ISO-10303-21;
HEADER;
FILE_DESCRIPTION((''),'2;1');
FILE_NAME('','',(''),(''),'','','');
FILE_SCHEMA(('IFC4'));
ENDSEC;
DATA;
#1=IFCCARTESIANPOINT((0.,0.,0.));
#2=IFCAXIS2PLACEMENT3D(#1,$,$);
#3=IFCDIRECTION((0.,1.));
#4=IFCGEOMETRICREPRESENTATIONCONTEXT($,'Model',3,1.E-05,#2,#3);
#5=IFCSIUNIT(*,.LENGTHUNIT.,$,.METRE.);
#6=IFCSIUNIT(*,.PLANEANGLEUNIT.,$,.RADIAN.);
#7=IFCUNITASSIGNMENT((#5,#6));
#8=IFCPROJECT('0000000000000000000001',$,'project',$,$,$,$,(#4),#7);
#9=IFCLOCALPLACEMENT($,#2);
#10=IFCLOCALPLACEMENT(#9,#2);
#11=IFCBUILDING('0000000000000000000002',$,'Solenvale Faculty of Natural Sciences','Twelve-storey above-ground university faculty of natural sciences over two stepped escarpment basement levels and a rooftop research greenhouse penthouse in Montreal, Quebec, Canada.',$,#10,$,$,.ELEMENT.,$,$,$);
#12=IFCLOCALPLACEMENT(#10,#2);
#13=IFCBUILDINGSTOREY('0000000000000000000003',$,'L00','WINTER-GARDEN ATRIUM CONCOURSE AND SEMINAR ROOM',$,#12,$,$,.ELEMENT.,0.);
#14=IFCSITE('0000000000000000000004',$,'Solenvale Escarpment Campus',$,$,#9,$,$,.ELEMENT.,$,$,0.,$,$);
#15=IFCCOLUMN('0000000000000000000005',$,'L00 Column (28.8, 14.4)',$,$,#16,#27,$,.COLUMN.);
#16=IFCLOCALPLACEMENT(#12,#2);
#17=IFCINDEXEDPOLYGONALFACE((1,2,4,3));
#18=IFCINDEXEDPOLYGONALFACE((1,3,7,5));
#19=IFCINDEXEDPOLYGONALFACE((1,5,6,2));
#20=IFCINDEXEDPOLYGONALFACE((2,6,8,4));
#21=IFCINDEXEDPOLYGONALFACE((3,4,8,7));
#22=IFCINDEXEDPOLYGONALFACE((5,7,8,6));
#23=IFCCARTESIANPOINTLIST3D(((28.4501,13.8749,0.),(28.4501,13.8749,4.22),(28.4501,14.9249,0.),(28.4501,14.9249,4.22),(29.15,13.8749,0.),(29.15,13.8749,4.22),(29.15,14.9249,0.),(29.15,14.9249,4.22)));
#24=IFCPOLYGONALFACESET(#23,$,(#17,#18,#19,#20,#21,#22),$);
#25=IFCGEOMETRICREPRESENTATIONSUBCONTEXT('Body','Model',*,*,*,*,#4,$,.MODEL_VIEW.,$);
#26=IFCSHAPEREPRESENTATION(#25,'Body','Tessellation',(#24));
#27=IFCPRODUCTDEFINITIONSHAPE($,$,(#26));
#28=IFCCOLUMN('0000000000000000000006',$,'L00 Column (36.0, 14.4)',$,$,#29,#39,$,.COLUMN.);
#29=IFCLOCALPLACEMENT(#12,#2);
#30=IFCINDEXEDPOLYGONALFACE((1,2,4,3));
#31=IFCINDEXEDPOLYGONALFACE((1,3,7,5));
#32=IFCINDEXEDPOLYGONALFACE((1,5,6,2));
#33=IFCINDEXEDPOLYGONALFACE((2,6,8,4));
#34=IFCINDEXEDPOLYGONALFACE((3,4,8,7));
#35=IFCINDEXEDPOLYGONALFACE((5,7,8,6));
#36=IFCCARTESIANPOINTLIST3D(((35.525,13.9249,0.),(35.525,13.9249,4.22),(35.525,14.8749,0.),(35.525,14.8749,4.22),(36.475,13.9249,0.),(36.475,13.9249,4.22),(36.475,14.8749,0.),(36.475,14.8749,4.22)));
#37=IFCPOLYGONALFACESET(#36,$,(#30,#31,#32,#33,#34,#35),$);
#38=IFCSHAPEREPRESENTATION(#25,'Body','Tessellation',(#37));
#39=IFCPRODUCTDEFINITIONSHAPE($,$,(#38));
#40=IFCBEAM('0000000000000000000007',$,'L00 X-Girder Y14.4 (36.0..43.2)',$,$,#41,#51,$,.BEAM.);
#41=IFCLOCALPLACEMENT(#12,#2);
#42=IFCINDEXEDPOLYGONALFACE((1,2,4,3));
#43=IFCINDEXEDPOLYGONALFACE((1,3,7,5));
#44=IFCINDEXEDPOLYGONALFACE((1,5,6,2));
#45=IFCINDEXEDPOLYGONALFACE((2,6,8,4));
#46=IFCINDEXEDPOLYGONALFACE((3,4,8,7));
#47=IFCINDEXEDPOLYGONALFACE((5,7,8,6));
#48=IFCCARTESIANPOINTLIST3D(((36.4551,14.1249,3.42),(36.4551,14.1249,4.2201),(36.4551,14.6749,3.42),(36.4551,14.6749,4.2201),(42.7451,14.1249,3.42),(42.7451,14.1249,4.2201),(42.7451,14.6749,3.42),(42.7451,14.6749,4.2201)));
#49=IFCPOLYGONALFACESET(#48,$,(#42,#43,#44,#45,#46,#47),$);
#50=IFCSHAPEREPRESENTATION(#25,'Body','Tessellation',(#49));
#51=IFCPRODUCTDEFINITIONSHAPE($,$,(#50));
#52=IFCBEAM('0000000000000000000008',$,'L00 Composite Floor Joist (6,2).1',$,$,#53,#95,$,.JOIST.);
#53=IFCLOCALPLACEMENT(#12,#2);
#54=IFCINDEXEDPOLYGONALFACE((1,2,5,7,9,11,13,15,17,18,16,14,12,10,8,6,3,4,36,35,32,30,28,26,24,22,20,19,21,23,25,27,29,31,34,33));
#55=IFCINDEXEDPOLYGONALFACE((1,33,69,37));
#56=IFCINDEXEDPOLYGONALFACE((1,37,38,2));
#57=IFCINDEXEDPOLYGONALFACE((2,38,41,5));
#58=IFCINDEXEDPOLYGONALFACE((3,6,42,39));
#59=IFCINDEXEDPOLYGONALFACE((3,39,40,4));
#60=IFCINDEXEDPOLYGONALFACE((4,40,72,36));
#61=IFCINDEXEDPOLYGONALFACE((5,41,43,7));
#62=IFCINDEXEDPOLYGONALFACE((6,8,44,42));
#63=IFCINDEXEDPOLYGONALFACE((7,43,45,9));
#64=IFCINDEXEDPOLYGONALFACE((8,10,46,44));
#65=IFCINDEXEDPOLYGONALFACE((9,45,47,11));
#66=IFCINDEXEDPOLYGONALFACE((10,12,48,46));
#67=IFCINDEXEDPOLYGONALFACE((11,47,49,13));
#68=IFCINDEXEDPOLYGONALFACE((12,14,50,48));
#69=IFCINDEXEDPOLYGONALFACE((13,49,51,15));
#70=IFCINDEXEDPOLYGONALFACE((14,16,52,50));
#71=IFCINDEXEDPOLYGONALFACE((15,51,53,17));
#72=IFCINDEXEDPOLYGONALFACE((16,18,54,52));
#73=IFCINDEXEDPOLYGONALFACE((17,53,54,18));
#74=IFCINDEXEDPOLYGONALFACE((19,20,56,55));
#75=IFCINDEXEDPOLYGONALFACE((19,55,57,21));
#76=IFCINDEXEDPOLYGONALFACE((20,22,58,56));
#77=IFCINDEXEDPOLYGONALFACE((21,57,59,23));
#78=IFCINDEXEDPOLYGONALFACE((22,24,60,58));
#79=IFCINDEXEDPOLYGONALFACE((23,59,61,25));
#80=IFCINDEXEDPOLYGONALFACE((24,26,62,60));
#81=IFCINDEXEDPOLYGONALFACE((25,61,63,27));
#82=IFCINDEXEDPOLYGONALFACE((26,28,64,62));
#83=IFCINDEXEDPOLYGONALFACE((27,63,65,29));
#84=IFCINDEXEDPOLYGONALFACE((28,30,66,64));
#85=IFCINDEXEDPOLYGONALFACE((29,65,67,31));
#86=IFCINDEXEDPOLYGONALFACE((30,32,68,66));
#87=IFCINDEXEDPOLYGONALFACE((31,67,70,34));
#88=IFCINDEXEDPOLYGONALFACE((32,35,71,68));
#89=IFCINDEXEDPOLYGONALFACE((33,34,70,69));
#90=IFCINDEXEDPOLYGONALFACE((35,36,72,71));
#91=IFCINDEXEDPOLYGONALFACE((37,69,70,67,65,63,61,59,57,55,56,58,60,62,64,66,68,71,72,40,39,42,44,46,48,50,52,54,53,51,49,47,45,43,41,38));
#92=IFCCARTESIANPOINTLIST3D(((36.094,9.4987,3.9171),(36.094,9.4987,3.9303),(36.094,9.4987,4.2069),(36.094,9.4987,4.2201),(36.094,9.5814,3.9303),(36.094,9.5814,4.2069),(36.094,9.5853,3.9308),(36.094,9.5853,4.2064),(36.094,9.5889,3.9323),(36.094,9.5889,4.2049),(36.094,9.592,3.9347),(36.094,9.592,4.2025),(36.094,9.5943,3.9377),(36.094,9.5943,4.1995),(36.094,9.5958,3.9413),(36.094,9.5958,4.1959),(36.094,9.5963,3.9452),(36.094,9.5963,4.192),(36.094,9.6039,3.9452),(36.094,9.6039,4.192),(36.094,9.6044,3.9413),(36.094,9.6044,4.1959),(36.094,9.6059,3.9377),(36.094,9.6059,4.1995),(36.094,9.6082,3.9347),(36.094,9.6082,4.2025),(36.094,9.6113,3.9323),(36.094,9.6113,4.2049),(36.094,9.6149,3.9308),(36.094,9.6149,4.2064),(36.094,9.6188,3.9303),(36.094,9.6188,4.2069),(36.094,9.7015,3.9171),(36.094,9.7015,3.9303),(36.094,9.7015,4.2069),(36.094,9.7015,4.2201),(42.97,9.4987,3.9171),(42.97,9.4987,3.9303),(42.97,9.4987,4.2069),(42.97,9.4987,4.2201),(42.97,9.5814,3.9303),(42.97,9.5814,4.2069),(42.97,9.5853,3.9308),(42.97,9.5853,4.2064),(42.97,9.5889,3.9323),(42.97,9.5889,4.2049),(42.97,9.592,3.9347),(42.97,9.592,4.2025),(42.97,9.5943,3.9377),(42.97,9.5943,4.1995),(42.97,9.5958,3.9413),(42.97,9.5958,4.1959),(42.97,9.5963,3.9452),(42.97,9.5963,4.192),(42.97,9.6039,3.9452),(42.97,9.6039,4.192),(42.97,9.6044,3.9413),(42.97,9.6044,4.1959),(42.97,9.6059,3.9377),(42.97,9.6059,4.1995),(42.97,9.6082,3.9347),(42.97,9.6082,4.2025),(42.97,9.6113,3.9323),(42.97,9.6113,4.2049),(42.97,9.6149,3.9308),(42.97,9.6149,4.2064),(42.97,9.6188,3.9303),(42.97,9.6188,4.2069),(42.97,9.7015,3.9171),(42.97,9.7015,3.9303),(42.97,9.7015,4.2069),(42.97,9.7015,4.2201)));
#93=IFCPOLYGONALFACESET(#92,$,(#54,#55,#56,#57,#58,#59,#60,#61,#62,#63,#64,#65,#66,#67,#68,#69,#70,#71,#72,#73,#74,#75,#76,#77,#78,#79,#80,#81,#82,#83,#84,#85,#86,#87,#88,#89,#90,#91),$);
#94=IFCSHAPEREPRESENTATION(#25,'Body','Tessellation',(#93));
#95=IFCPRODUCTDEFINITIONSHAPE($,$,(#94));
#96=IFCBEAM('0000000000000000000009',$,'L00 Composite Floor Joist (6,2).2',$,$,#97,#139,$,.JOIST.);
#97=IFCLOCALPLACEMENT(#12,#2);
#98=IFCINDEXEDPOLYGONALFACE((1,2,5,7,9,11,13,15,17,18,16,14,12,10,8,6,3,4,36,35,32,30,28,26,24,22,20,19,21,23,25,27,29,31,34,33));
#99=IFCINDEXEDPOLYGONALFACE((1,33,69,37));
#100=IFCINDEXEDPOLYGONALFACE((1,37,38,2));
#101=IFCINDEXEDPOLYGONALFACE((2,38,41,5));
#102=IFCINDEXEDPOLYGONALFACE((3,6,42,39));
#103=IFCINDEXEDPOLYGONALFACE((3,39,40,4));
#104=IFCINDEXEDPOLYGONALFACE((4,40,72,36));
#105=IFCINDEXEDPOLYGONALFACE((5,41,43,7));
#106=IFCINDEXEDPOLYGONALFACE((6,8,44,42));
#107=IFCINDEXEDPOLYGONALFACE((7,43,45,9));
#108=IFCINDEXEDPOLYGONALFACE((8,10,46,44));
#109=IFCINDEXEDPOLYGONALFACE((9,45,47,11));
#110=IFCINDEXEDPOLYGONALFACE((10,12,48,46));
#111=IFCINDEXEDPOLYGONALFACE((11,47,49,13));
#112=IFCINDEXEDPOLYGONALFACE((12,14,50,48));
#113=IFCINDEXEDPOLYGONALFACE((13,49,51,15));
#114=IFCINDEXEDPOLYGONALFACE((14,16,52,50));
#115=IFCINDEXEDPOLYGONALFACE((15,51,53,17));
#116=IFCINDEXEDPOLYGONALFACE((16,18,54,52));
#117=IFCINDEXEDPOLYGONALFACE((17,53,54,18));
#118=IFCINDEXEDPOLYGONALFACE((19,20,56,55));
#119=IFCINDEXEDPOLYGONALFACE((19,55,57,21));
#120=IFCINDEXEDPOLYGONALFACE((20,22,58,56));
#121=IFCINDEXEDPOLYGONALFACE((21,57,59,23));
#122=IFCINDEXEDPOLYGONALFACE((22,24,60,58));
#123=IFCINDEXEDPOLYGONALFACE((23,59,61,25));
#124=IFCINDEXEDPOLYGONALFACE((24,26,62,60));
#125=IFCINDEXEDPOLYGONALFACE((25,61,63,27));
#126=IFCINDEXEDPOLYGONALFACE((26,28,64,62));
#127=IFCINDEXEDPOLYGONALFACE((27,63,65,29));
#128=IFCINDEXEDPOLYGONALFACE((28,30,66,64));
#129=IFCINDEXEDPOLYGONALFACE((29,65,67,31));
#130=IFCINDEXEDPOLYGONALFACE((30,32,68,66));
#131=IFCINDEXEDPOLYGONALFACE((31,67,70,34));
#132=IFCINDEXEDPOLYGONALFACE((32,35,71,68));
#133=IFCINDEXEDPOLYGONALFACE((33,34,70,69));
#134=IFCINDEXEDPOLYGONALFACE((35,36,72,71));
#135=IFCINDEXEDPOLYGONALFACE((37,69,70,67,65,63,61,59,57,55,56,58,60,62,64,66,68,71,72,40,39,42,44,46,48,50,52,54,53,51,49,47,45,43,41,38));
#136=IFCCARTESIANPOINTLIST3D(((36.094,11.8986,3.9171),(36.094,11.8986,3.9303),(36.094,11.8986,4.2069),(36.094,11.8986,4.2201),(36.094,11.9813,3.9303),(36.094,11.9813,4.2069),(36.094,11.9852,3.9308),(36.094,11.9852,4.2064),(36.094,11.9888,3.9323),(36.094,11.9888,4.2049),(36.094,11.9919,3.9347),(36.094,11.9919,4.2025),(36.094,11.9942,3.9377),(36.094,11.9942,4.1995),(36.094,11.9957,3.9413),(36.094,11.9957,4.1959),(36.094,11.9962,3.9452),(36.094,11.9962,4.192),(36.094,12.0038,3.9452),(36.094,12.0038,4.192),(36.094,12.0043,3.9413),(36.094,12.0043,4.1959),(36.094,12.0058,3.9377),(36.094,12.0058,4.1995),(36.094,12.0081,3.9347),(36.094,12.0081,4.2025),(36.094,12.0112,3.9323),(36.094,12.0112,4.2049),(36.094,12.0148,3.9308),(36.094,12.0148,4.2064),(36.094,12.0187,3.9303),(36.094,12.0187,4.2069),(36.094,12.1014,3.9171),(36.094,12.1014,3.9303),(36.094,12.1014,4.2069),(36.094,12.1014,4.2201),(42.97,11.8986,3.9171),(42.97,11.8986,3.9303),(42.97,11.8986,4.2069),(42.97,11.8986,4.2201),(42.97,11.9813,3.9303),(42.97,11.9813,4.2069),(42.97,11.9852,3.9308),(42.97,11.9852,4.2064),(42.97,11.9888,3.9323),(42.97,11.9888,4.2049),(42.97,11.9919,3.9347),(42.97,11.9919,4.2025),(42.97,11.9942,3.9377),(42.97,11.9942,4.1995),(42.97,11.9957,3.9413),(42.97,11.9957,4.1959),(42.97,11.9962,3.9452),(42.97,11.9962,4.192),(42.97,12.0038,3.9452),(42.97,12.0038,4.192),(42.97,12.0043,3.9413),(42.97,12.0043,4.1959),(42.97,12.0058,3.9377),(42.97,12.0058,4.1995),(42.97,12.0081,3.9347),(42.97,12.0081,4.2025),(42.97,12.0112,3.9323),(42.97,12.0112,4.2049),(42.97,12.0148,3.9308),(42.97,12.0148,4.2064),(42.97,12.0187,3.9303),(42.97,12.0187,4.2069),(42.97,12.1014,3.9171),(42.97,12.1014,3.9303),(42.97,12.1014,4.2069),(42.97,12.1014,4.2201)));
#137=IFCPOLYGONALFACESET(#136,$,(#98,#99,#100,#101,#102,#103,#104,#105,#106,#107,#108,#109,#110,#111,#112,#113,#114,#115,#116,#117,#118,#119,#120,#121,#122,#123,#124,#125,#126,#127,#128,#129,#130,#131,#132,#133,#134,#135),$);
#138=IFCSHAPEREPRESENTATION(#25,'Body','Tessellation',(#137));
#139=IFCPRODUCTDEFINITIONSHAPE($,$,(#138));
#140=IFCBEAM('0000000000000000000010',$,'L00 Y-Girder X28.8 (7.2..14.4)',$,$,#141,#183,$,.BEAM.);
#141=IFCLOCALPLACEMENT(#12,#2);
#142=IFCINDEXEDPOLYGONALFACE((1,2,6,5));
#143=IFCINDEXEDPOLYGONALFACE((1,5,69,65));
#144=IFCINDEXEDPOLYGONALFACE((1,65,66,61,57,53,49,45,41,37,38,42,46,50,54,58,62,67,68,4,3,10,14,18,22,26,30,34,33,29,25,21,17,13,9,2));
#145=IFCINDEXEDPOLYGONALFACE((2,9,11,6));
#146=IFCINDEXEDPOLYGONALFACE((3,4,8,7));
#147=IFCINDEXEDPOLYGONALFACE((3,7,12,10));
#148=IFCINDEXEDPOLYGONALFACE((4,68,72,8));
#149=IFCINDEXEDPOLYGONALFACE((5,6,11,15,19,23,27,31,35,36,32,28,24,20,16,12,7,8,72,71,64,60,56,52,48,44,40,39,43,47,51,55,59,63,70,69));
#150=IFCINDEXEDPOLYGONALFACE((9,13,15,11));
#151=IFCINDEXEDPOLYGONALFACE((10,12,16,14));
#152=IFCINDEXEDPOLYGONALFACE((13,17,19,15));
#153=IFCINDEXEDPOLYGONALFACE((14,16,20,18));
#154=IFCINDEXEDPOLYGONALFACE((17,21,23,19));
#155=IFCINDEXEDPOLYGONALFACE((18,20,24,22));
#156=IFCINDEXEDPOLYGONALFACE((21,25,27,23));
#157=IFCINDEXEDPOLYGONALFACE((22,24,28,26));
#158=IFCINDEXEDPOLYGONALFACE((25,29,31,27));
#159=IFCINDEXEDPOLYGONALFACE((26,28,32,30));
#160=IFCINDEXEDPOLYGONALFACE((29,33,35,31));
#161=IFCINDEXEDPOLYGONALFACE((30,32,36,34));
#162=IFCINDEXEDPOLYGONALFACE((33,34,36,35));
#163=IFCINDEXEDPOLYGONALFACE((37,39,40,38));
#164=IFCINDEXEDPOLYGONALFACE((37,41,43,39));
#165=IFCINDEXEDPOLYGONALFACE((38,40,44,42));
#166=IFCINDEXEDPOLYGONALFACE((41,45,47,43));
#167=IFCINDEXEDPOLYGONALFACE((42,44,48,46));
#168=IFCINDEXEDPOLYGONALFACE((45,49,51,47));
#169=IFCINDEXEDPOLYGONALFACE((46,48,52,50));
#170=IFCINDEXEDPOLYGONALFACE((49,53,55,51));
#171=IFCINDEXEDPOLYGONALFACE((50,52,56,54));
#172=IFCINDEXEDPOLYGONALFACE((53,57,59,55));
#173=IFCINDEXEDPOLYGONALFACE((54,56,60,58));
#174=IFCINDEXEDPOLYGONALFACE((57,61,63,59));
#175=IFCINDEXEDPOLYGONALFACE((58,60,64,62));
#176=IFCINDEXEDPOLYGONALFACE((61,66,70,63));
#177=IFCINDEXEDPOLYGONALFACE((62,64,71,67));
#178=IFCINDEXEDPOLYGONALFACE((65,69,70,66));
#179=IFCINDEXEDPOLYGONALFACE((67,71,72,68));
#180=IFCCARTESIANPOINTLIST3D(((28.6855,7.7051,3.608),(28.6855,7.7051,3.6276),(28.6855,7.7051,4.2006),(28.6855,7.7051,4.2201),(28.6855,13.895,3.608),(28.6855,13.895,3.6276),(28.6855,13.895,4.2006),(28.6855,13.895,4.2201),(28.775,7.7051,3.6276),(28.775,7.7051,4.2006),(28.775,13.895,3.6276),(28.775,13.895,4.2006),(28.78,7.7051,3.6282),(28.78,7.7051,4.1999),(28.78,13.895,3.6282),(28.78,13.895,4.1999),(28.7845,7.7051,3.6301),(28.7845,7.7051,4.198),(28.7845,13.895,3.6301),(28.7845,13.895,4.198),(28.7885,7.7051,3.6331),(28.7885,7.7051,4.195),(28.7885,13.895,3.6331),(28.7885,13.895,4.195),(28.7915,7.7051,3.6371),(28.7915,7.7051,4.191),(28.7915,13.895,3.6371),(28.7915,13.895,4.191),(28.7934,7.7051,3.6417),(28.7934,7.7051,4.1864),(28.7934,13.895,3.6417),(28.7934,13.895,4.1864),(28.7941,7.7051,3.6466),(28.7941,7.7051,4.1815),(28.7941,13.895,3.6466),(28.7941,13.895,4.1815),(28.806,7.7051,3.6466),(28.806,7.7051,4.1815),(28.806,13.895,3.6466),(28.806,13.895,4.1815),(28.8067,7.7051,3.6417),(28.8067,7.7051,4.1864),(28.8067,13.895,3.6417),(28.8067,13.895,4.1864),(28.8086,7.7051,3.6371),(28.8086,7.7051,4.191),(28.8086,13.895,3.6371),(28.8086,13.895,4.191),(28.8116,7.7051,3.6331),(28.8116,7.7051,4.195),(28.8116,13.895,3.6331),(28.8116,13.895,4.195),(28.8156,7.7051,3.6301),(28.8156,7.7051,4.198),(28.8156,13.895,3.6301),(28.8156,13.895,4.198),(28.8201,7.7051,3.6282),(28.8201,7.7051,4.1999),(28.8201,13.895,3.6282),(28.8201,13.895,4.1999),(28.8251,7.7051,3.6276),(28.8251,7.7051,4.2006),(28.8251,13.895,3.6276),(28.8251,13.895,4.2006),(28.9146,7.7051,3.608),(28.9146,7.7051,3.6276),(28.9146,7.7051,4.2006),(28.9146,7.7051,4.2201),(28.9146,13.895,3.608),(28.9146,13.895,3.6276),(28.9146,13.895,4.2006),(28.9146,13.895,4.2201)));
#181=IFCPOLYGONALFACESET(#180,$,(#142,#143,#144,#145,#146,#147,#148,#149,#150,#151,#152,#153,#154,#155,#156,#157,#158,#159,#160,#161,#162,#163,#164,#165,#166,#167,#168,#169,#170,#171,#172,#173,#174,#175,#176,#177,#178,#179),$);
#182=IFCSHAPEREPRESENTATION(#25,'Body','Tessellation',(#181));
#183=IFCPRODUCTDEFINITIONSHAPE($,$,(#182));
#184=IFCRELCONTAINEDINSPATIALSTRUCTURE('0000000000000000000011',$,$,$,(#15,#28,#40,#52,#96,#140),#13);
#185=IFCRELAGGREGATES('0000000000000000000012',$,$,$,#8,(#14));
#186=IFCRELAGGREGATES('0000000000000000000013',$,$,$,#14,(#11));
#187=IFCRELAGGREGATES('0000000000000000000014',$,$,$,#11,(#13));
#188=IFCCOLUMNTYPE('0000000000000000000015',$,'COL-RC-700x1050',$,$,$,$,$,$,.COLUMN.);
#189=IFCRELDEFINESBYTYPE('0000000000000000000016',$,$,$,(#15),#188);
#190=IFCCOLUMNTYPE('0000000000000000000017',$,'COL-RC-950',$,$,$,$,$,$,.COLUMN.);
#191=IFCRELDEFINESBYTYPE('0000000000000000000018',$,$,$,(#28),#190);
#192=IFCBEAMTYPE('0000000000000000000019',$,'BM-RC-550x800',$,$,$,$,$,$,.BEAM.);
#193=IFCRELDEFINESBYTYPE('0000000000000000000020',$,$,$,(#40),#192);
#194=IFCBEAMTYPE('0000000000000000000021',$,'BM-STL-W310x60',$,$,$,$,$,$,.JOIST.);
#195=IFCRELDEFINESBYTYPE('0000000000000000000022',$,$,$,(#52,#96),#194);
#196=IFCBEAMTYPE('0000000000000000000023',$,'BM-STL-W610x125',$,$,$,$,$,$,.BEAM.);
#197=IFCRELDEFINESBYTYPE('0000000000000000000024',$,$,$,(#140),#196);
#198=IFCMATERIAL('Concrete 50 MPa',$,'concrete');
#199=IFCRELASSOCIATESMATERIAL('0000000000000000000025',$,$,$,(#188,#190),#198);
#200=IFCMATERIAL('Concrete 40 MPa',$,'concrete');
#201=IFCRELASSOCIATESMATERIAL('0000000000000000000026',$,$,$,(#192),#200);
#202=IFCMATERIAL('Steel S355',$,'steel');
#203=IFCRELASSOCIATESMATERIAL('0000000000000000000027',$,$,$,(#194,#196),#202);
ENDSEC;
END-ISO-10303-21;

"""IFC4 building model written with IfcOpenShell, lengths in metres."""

from ifc_helpers import new_model, si_unit, direction, frame, origin, origin_2d, place, context, subcontext, project, spatial, rectangle, i_section, extrude, material, material_profile, profile_set, type_object, element, save


model = new_model("IFC4")

# Units and contexts
model_context = context("Model", 3, precision=1e-05, world=origin(), true_north=direction((0.0, 1.0)))
body_context = subcontext(model_context, "Body", "Model", "MODEL_VIEW")
ifc_project = project(units=[si_unit("LENGTHUNIT", "METRE"), si_unit("PLANEANGLEUNIT", "RADIAN")], contexts=[model_context])

# Site, building, storey
site_placement = place(None, origin())
site = spatial("IfcSite", under=ifc_project, at=site_placement, Name="Solenvale Escarpment Campus", CompositionType="ELEMENT", RefElevation=0.0)
building_placement = place(site_placement, origin())
building = spatial("IfcBuilding", under=site, at=building_placement, Name="Solenvale Faculty of Natural Sciences", Description="Twelve-storey above-ground university faculty of natural sciences over two stepped escarpment basement levels and a rooftop research greenhouse penthouse in Montreal, Quebec, Canada.", CompositionType="ELEMENT")
storey_placement = place(building_placement, origin())
storey = spatial("IfcBuildingStorey", under=building, at=storey_placement, Name="L00", Description="WINTER-GARDEN ATRIUM CONCOURSE AND SEMINAR ROOM", CompositionType="ELEMENT", Elevation=0.0)

# Columns
ifc_material_1 = material(Name="Concrete 50 MPa", Category="concrete")
ifc_material_profile_1 = material_profile(ifc_material_1, rectangle(XDim=0.7, YDim=1.05, at=origin_2d()), Name="RC-COL-700x1050")
ifc_profile_set_1 = profile_set([ifc_material_profile_1], Name="Concrete 50 MPa")
column_type_1 = type_object("IfcColumnType", Name="COL-RC-700x1050", PredefinedType="COLUMN", material=ifc_profile_set_1)
column_1_placement = place(storey_placement, frame((28.8, 14.3999, 0.0), z_axis=(0.0, 0.0, 1.0), x_axis=(1.0, 0.0, 0.0)))
element("IfcColumn", 1, at=column_1_placement, inside=storey, type_object=column_type_1, Name="L00 Column (28.8, 14.4)", PredefinedType="COLUMN", context=body_context, shape_type="SweptSolid", body=[
    extrude(rectangle(XDim=0.7, YDim=1.05, at=origin_2d()), origin(), (0.0, 0.0, 1.0), 4.22),
])
ifc_material_profile_2 = material_profile(ifc_material_1, rectangle(XDim=0.95, YDim=0.95, at=origin_2d()), Name="RC-COL-950x950")
ifc_profile_set_2 = profile_set([ifc_material_profile_2], Name="Concrete 50 MPa")
column_type_2 = type_object("IfcColumnType", Name="COL-RC-950", PredefinedType="COLUMN", material=ifc_profile_set_2)
column_2_placement = place(storey_placement, frame((36.0, 14.3999, 0.0), z_axis=(0.0, 0.0, 1.0), x_axis=(1.0, 0.0, 0.0)))
element("IfcColumn", 2, at=column_2_placement, inside=storey, type_object=column_type_2, Name="L00 Column (36.0, 14.4)", PredefinedType="COLUMN", context=body_context, shape_type="SweptSolid", body=[
    extrude(rectangle(XDim=0.95, YDim=0.95, at=origin_2d()), origin(), (0.0, 0.0, 1.0), 4.22),
])

# Beams
ifc_material_2 = material(Name="Concrete 40 MPa", Category="concrete")
ifc_material_profile_3 = material_profile(ifc_material_2, rectangle(XDim=0.55, YDim=0.8, at=origin_2d()), Name="RC-BM-550x800")
ifc_profile_set_3 = profile_set([ifc_material_profile_3], Name="Concrete 40 MPa")
beam_type_1 = type_object("IfcBeamType", Name="BM-RC-550x800", PredefinedType="BEAM", material=ifc_profile_set_3)
beam_1_placement = place(storey_placement, frame((36.4551, 14.3999, 3.8201), z_axis=(1.0, 0.0, 0.0), x_axis=(0.0, 1.0, 0.0)))
element("IfcBeam", 3, at=beam_1_placement, inside=storey, type_object=beam_type_1, Name="L00 X-Girder Y14.4 (36.0..43.2)", PredefinedType="BEAM", context=body_context, shape_type="SweptSolid", body=[
    extrude(rectangle(XDim=0.55, YDim=0.8, at=origin_2d()), origin(), (0.0, 0.0, 1.0), 6.29),
])
ifc_material_3 = material(Name="Steel S355", Category="steel")
ifc_material_profile_4 = material_profile(ifc_material_3, i_section(OverallWidth=0.2029, OverallDepth=0.303, WebThickness=0.0076, FlangeThickness=0.0132, FilletRadius=0.0149, at=origin_2d()), Name="W310x60")
ifc_profile_set_4 = profile_set([ifc_material_profile_4], Name="Steel S355")
beam_type_2 = type_object("IfcBeamType", Name="BM-STL-W310x60", PredefinedType="JOIST", material=ifc_profile_set_4)
for number, where, z_axis, x_axis, name in (
    (4, (36.094, 9.6001, 4.0686), (1.0, 0.0, 0.0), (0.0, 1.0, 0.0), "L00 Composite Floor Joist (6,2).1"),
    (5, (36.094, 12.0, 4.0686), (1.0, 0.0, 0.0), (0.0, 1.0, 0.0), "L00 Composite Floor Joist (6,2).2"),
):
    element("IfcBeam", number, at=place(storey_placement, frame(where, z_axis=z_axis, x_axis=x_axis)), inside=storey, type_object=beam_type_2, Name=name, PredefinedType="JOIST", context=body_context, shape_type="SweptSolid", body=[
        extrude(i_section(OverallWidth=0.2029, OverallDepth=0.303, WebThickness=0.0076, FlangeThickness=0.0132, FilletRadius=0.0149, at=origin_2d()), origin(), (0.0, 0.0, 1.0), 6.876),
    ])
ifc_material_profile_5 = material_profile(ifc_material_3, i_section(OverallWidth=0.229, OverallDepth=0.6121, WebThickness=0.012, FlangeThickness=0.0195, FilletRadius=0.019, at=origin_2d()), Name="W610x125")
ifc_profile_set_5 = profile_set([ifc_material_profile_5], Name="Steel S355")
beam_type_3 = type_object("IfcBeamType", Name="BM-STL-W610x125", PredefinedType="BEAM", material=ifc_profile_set_5)
for number, where, z_axis, x_axis, name in (
    (6, (28.8, 7.7051, 3.9141), (0.0, 1.0, 0.0), (-1.0, 0.0, 0.0), "L00 Y-Girder X28.8 (7.2..14.4)"),
):
    element("IfcBeam", number, at=place(storey_placement, frame(where, z_axis=z_axis, x_axis=x_axis)), inside=storey, type_object=beam_type_3, Name=name, PredefinedType="BEAM", context=body_context, shape_type="SweptSolid", body=[
        extrude(i_section(OverallWidth=0.229, OverallDepth=0.6121, WebThickness=0.012, FlangeThickness=0.0195, FilletRadius=0.019, at=origin_2d()), origin(), (0.0, 0.0, 1.0), 6.1899),
    ])

save(model, "model.ifc")
